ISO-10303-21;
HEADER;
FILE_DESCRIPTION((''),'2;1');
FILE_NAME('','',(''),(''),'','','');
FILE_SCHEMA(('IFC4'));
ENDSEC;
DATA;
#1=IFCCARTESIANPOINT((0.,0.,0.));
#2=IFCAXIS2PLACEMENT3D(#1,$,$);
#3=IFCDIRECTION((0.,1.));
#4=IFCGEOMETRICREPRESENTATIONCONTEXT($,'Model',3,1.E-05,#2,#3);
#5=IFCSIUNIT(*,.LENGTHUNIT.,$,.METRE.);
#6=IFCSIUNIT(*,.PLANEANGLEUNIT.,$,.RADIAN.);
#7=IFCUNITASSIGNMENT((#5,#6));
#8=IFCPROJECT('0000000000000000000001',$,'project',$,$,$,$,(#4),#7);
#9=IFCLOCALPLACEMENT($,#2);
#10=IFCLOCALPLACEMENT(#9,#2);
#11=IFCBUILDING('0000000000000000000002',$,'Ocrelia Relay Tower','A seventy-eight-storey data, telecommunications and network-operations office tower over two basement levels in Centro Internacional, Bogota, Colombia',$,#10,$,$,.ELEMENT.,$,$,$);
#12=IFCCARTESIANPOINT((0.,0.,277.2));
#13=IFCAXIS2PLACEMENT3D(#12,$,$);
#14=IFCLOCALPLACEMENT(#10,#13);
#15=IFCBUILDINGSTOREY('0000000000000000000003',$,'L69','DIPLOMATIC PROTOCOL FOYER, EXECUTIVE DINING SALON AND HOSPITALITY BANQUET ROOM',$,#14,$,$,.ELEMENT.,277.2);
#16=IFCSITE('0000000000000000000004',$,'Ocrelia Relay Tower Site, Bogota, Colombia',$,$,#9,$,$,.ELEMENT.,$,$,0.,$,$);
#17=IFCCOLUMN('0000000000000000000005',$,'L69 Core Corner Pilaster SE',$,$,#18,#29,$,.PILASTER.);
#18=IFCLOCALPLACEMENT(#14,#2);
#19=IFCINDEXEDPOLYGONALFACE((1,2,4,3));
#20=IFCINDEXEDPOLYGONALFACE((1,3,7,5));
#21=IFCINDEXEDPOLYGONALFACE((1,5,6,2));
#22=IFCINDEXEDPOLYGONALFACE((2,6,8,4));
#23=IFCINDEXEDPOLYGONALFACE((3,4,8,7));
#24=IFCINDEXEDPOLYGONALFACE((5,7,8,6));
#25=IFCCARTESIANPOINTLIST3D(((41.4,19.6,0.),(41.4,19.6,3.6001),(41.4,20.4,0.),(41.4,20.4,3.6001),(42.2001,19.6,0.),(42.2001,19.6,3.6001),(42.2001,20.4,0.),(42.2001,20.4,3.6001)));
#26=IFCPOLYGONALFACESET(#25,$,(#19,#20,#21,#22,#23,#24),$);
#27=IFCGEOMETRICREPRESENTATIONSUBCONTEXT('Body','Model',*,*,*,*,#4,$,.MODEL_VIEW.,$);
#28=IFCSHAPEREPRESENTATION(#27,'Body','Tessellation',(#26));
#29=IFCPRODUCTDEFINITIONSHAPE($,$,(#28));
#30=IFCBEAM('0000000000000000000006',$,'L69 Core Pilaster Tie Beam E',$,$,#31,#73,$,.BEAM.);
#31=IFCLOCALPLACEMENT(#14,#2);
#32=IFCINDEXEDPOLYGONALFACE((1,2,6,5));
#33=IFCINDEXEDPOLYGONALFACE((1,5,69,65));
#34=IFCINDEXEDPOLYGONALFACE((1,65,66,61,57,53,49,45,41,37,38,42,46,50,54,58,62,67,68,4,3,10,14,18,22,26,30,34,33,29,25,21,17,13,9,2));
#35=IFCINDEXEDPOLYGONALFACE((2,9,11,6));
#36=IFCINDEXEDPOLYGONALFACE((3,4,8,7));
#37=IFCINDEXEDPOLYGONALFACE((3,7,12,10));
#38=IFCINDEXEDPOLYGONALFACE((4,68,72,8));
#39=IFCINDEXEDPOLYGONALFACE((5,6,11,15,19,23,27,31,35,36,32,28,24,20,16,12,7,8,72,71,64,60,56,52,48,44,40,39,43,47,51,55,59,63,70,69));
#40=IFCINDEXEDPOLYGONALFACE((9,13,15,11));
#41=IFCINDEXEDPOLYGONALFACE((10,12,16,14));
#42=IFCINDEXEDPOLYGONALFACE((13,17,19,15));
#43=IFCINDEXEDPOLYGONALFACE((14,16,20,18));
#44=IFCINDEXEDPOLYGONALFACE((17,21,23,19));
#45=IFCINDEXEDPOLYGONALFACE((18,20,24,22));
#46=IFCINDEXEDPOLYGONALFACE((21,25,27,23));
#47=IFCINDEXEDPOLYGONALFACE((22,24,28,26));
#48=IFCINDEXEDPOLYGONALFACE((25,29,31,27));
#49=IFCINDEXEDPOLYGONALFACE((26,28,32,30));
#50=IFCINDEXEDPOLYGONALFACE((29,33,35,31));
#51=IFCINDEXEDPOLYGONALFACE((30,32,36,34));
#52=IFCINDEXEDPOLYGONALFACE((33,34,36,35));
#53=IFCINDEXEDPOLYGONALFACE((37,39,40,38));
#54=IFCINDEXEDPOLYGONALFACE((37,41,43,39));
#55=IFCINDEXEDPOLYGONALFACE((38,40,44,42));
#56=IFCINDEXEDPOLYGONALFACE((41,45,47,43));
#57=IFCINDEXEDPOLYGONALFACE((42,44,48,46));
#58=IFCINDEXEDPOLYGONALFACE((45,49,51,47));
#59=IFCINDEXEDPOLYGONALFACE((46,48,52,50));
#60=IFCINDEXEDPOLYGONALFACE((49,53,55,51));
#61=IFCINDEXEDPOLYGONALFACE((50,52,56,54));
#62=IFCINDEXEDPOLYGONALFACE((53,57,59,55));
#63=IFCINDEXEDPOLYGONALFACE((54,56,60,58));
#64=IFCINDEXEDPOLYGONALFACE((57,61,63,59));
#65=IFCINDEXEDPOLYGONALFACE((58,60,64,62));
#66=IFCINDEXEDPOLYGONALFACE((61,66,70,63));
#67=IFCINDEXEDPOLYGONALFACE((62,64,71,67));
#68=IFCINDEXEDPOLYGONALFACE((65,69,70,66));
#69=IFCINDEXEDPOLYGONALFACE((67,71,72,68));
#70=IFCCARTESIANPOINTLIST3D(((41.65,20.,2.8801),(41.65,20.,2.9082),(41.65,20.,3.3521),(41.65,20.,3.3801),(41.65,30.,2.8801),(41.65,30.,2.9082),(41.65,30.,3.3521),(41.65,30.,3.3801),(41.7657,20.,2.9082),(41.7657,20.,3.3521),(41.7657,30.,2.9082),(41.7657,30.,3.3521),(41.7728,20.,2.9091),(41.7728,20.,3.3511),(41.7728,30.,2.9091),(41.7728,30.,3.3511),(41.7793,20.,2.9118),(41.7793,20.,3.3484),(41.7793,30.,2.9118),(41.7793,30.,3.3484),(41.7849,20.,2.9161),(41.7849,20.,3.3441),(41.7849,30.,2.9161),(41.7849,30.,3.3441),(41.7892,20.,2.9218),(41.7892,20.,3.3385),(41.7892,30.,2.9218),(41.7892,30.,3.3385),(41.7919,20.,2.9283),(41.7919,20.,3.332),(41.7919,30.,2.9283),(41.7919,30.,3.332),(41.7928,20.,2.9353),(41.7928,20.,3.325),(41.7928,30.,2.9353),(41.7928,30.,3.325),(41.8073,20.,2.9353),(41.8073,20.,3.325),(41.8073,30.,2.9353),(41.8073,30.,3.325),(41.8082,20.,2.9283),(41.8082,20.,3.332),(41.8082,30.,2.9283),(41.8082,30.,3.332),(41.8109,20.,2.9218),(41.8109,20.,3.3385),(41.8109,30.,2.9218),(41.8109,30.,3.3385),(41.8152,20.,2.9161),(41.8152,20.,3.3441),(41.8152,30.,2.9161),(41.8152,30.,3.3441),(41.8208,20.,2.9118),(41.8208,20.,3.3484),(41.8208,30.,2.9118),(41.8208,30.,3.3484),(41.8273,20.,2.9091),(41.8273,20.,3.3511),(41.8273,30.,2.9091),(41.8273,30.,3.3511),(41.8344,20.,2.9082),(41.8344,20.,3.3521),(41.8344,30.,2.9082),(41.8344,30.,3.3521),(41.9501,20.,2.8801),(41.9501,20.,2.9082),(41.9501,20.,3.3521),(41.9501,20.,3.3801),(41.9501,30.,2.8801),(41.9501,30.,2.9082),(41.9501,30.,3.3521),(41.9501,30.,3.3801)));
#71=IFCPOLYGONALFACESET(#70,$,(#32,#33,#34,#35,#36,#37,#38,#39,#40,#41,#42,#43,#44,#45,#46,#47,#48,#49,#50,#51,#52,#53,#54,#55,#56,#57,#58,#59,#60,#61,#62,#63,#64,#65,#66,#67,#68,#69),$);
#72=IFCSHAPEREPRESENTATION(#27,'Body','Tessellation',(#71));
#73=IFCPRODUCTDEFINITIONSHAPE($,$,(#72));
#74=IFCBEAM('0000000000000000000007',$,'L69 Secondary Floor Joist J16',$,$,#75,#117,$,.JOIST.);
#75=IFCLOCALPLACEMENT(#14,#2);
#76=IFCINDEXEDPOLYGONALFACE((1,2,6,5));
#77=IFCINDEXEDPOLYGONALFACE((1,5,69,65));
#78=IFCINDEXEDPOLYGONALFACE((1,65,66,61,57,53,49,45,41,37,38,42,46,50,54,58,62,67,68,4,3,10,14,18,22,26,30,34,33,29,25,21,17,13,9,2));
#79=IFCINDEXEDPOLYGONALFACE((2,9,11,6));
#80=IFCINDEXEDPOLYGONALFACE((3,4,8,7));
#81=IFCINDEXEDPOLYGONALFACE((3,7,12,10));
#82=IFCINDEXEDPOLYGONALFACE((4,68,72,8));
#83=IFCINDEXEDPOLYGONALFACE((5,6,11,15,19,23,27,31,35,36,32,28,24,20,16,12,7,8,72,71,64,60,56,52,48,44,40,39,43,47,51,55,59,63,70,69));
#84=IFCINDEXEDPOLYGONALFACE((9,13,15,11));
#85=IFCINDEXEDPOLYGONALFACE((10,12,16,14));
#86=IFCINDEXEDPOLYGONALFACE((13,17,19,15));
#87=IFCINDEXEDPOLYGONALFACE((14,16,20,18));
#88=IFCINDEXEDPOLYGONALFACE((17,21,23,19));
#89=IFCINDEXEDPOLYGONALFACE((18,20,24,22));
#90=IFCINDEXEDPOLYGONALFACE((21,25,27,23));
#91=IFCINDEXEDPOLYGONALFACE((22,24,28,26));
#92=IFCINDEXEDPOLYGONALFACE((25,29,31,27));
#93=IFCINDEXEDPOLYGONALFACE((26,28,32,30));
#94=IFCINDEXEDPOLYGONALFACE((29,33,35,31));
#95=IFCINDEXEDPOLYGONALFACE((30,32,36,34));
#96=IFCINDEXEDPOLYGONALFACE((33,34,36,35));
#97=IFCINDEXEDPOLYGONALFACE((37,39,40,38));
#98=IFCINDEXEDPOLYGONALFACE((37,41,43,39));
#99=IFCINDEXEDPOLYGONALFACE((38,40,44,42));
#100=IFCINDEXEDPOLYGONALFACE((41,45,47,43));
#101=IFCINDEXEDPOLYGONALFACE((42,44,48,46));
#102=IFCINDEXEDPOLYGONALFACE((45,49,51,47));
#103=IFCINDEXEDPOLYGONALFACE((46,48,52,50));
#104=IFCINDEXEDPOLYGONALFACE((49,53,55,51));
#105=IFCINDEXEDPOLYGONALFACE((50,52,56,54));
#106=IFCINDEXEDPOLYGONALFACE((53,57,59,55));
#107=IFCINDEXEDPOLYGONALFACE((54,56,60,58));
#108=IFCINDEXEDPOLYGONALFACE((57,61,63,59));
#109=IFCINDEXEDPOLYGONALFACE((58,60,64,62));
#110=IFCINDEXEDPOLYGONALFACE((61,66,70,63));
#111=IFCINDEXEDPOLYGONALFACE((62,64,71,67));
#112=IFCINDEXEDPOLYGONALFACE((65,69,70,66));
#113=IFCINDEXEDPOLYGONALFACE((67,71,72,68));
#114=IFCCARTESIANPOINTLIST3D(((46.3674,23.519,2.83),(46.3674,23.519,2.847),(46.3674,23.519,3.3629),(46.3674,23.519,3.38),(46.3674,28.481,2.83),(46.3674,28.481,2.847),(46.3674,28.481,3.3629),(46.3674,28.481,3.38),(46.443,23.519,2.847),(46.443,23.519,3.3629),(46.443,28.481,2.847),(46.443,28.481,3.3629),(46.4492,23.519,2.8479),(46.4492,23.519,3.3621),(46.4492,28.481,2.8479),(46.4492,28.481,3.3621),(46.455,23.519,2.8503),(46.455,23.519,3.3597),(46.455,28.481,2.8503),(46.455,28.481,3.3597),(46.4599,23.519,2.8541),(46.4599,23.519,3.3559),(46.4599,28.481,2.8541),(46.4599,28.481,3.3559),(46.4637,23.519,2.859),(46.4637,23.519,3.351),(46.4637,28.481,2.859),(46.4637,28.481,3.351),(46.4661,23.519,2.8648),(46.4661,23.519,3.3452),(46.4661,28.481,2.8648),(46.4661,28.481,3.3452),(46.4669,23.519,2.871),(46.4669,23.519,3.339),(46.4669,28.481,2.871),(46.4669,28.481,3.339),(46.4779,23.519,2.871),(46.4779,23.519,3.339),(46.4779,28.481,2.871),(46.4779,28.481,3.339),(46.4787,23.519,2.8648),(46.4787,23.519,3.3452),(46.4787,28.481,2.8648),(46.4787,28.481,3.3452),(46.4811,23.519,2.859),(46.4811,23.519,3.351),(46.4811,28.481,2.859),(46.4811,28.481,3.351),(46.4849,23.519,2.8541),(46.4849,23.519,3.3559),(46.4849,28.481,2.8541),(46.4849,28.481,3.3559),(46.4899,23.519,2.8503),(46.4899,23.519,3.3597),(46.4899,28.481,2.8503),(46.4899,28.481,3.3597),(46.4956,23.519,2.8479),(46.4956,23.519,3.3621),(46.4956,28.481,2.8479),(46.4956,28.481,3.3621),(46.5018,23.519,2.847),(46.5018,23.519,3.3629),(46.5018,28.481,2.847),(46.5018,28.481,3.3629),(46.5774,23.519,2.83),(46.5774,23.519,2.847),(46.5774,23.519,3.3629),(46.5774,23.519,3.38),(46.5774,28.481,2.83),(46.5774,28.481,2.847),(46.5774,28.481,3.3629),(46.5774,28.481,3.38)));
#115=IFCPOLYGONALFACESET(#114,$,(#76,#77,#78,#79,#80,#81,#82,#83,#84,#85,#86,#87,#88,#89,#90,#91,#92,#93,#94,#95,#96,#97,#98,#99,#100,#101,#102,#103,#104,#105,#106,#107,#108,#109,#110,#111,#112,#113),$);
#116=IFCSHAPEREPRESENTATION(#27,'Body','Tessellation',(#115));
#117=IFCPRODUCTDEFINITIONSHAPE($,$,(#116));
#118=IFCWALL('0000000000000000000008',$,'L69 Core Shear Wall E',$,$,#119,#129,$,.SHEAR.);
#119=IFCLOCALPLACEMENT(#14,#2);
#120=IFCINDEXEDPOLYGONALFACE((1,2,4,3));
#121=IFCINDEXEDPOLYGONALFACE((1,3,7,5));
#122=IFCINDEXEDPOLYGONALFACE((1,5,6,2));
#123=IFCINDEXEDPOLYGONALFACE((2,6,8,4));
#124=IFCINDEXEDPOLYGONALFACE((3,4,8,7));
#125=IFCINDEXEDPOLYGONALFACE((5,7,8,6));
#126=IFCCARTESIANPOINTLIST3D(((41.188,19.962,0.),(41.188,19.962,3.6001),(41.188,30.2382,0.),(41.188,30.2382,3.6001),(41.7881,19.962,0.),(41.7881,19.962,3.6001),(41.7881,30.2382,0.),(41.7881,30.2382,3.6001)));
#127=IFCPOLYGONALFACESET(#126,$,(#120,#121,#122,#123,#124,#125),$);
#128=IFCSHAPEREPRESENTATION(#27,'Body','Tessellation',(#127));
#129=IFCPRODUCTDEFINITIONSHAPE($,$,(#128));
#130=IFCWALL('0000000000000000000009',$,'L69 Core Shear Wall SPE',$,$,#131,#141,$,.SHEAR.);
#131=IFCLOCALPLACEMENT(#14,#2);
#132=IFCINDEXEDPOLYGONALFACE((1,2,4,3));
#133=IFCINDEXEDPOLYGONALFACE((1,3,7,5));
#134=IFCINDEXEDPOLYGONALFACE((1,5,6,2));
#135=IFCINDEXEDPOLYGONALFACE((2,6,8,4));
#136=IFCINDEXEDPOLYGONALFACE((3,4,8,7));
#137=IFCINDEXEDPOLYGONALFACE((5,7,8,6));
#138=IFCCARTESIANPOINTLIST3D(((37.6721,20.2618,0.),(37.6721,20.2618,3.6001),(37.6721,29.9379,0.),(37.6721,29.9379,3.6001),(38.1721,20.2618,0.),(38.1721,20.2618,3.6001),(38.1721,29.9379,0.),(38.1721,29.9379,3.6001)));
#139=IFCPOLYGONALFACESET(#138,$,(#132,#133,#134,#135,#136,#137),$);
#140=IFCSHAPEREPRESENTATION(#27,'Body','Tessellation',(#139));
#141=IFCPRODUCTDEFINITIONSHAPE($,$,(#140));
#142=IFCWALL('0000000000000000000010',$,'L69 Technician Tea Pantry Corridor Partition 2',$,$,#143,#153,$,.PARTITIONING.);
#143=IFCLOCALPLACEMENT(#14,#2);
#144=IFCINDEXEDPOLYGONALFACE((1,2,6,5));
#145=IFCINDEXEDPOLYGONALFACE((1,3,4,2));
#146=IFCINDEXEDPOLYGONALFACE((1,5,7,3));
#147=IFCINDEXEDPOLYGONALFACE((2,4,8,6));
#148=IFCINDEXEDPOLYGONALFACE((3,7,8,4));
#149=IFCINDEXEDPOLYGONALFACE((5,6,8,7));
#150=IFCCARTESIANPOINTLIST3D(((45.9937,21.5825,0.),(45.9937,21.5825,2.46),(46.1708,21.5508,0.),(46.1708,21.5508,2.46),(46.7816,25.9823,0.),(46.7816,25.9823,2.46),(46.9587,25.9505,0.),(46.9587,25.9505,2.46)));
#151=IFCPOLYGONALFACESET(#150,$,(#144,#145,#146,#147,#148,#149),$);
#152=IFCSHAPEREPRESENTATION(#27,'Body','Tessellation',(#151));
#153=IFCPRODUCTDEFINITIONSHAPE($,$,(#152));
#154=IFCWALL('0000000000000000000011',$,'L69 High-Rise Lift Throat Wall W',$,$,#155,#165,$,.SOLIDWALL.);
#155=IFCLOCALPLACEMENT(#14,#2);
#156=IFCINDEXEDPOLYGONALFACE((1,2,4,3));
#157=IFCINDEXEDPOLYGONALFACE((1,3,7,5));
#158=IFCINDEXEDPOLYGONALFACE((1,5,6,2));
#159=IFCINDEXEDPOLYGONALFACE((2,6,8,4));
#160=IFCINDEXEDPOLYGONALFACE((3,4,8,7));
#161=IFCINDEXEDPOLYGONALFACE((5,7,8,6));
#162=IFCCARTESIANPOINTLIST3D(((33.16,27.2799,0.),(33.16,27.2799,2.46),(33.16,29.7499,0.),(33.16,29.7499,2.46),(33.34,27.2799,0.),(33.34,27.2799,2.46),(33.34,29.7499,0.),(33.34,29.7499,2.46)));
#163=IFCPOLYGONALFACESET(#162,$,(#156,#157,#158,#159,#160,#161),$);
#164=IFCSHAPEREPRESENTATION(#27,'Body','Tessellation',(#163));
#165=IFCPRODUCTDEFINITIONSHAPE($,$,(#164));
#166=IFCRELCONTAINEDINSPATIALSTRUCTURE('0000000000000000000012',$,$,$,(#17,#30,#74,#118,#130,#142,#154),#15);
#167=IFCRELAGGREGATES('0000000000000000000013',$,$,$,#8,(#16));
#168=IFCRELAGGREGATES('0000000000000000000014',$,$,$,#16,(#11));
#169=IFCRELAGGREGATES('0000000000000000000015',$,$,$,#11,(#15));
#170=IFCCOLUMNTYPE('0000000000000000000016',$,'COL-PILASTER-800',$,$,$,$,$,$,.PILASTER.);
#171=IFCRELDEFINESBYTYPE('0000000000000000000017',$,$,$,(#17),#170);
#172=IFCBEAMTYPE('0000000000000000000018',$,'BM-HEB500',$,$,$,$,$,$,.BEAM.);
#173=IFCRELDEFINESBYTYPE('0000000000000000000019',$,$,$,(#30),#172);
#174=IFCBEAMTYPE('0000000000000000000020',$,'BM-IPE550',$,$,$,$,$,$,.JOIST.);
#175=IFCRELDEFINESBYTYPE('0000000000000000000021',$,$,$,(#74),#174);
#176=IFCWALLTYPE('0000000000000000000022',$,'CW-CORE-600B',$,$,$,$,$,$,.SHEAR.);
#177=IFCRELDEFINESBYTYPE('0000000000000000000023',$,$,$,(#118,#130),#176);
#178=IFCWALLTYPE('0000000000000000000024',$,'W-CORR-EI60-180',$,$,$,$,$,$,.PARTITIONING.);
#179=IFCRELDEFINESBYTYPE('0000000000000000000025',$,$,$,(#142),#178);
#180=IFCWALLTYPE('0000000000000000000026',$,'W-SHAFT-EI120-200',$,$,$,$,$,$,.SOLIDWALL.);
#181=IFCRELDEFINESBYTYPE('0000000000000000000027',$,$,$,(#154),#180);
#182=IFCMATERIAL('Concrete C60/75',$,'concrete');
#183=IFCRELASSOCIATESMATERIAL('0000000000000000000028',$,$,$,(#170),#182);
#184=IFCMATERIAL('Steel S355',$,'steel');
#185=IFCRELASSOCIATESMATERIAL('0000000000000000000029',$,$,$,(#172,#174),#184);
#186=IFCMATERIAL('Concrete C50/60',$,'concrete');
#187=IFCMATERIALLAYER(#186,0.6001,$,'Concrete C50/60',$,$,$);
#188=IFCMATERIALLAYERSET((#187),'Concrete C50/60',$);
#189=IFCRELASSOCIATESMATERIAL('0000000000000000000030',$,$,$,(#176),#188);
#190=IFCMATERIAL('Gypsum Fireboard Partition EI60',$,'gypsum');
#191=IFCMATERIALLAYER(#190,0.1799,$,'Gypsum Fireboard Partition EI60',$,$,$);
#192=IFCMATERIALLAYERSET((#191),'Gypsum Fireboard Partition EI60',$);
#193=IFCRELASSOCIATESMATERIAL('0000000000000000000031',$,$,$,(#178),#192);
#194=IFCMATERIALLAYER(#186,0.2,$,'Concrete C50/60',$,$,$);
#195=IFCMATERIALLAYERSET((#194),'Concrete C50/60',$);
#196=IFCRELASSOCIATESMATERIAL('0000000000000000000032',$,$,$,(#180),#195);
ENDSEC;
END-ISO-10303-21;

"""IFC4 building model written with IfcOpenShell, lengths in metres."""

from ifc_helpers import new_model, si_unit, direction, frame, frame_2d, origin, origin_2d, place, context, subcontext, project, spatial, rectangle, i_section, extrude, material, layer, layer_set, material_profile, profile_set, type_object, element, save


model = new_model("IFC4")

# Units and contexts
model_context = context("Model", 3, precision=1e-05, world=origin(), true_north=direction((0.0, 1.0)))
body_context = subcontext(model_context, "Body", "Model", "MODEL_VIEW")
ifc_project = project(units=[si_unit("LENGTHUNIT", "METRE"), si_unit("PLANEANGLEUNIT", "RADIAN")], contexts=[model_context])

# Site, building, storey
site_placement = place(None, origin())
site = spatial("IfcSite", under=ifc_project, at=site_placement, Name="Ocrelia Relay Tower Site, Bogota, Colombia", CompositionType="ELEMENT", RefElevation=0.0)
building_placement = place(site_placement, origin())
building = spatial("IfcBuilding", under=site, at=building_placement, Name="Ocrelia Relay Tower", Description="A seventy-eight-storey data, telecommunications and network-operations office tower over two basement levels in Centro Internacional, Bogota, Colombia", CompositionType="ELEMENT")
storey_placement = place(building_placement, frame((0.0, 0.0, 277.2)))
storey = spatial("IfcBuildingStorey", under=building, at=storey_placement, Name="L69", Description="DIPLOMATIC PROTOCOL FOYER, EXECUTIVE DINING SALON AND HOSPITALITY BANQUET ROOM", CompositionType="ELEMENT", Elevation=277.2)

# Column
ifc_material_1 = material(Name="Concrete C60/75", Category="concrete")
ifc_material_profile_1 = material_profile(ifc_material_1, rectangle(XDim=0.8, YDim=0.8, at=origin_2d()), Name="RC-COL-800x800")
ifc_profile_set_1 = profile_set([ifc_material_profile_1], Name="Concrete C60/75")
column_type = type_object("IfcColumnType", Name="COL-PILASTER-800", PredefinedType="PILASTER", material=ifc_profile_set_1)
column_placement = place(storey_placement, frame((41.8, 20.0, 0.0), z_axis=(0.0, 0.0, 1.0), x_axis=(1.0, 0.0, 0.0)))
element("IfcColumn", 1, at=column_placement, inside=storey, type_object=column_type, Name="L69 Core Corner Pilaster SE", PredefinedType="PILASTER", context=body_context, shape_type="SweptSolid", body=[
    extrude(rectangle(XDim=0.8, YDim=0.8, at=origin_2d()), origin(), (0.0, 0.0, 1.0), 3.6001),
])

# Beams
ifc_material_2 = material(Name="Steel S355", Category="steel")
ifc_material_profile_2 = material_profile(ifc_material_2, i_section(OverallWidth=0.3, OverallDepth=0.5, WebThickness=0.0144, FlangeThickness=0.0281, FilletRadius=0.0271, at=origin_2d()), Name="HEB 500")
ifc_profile_set_2 = profile_set([ifc_material_profile_2], Name="Steel S355")
beam_type_1 = type_object("IfcBeamType", Name="BM-HEB500", PredefinedType="BEAM", material=ifc_profile_set_2)
beam_1_placement = place(storey_placement, frame((41.8, 20.0, 3.1301), z_axis=(0.0, 1.0, 0.0), x_axis=(-1.0, 0.0, 0.0)))
element("IfcBeam", 2, at=beam_1_placement, inside=storey, type_object=beam_type_1, Name="L69 Core Pilaster Tie Beam E", PredefinedType="BEAM", context=body_context, shape_type="SweptSolid", body=[
    extrude(i_section(OverallWidth=0.3, OverallDepth=0.5, WebThickness=0.0144, FlangeThickness=0.0281, FilletRadius=0.0271, at=origin_2d()), origin(), (0.0, 0.0, 1.0), 10.0),
])
ifc_material_profile_3 = material_profile(ifc_material_2, i_section(OverallWidth=0.21, OverallDepth=0.55, WebThickness=0.011, FlangeThickness=0.0171, FilletRadius=0.0239, at=origin_2d()), Name="IPE 550")
ifc_profile_set_3 = profile_set([ifc_material_profile_3], Name="Steel S355")
beam_type_2 = type_object("IfcBeamType", Name="BM-IPE550", PredefinedType="JOIST", material=ifc_profile_set_3)
beam_2_placement = place(storey_placement, frame((46.4724, 23.519, 3.105), z_axis=(0.0, 1.0, 0.0), x_axis=(-1.0, 0.0, 0.0)))
element("IfcBeam", 3, at=beam_2_placement, inside=storey, type_object=beam_type_2, Name="L69 Secondary Floor Joist J16", PredefinedType="JOIST", context=body_context, shape_type="SweptSolid", body=[
    extrude(i_section(OverallWidth=0.21, OverallDepth=0.55, WebThickness=0.011, FlangeThickness=0.0171, FilletRadius=0.0239, at=origin_2d()), origin(), (0.0, 0.0, 1.0), 4.9619),
])

# Walls
ifc_material_3 = material(Name="Concrete C50/60", Category="concrete")
ifc_layer_1 = layer(ifc_material_3, 0.6001, Name="Concrete C50/60")
ifc_layer_set_1 = layer_set([ifc_layer_1], Name="Concrete C50/60")
wall_type_1 = type_object("IfcWallType", Name="CW-CORE-600B", PredefinedType="SHEAR", material=ifc_layer_set_1)
wall_1_placement = place(storey_placement, frame((41.488, 19.9619, 0.0), z_axis=(0.0, 0.0, 1.0), x_axis=(0.0, 1.0, 0.0)))
element("IfcWall", 4, at=wall_1_placement, inside=storey, type_object=wall_type_1, Name="L69 Core Shear Wall E", PredefinedType="SHEAR", context=body_context, shape_type="SweptSolid", body=[
    extrude(rectangle(XDim=10.2761, YDim=0.6001, at=frame_2d((5.1382, 0.0))), origin(), (0.0, 0.0, 1.0), 3.6001),
])
wall_2_placement = place(storey_placement, frame((37.9221, 20.262, 0.0), z_axis=(0.0, 0.0, 1.0), x_axis=(0.0, 1.0, 0.0)))
element("IfcWall", 5, at=wall_2_placement, inside=storey, type_object=wall_type_1, Name="L69 Core Shear Wall SPE", PredefinedType="SHEAR", context=body_context, shape_type="SweptSolid", body=[
    extrude(rectangle(XDim=9.676, YDim=0.5, at=frame_2d((4.8379, 0.0))), origin(), (0.0, 0.0, 1.0), 3.6001),
])
ifc_material_4 = material(Name="Gypsum Fireboard Partition EI60", Category="gypsum")
ifc_layer_2 = layer(ifc_material_4, 0.1799, Name="Gypsum Fireboard Partition EI60")
ifc_layer_set_2 = layer_set([ifc_layer_2], Name="Gypsum Fireboard Partition EI60")
wall_type_2 = type_object("IfcWallType", Name="W-CORR-EI60-180", PredefinedType="PARTITIONING", material=ifc_layer_set_2)
wall_3_placement = place(storey_placement, frame((46.0823, 21.5667, 0.0), z_axis=(0.0, 0.0, 1.0), x_axis=(0.176265, 0.984343, 0.0)))
element("IfcWall", 6, at=wall_3_placement, inside=storey, type_object=wall_type_2, Name="L69 Technician Tea Pantry Corridor Partition 2", PredefinedType="PARTITIONING", context=body_context, shape_type="SweptSolid", body=[
    extrude(rectangle(XDim=4.4697, YDim=0.1799, at=frame_2d((2.2349, 0.0))), origin(), (0.0, 0.0, 1.0), 2.46),
])
ifc_layer_3 = layer(ifc_material_3, 0.2, Name="Concrete C50/60")
ifc_layer_set_3 = layer_set([ifc_layer_3], Name="Concrete C50/60")
wall_type_3 = type_object("IfcWallType", Name="W-SHAFT-EI120-200", PredefinedType="SOLIDWALL", material=ifc_layer_set_3)
wall_4_placement = place(storey_placement, frame((33.25, 27.28, 0.0), z_axis=(0.0, 0.0, 1.0), x_axis=(0.0, 1.0, 0.0)))
element("IfcWall", 7, at=wall_4_placement, inside=storey, type_object=wall_type_3, Name="L69 High-Rise Lift Throat Wall W", PredefinedType="SOLIDWALL", context=body_context, shape_type="SweptSolid", body=[
    extrude(rectangle(XDim=2.47, YDim=0.1799, at=frame_2d((1.2349, 0.0))), origin(), (0.0, 0.0, 1.0), 2.46),
])

save(model, "model.ifc")
